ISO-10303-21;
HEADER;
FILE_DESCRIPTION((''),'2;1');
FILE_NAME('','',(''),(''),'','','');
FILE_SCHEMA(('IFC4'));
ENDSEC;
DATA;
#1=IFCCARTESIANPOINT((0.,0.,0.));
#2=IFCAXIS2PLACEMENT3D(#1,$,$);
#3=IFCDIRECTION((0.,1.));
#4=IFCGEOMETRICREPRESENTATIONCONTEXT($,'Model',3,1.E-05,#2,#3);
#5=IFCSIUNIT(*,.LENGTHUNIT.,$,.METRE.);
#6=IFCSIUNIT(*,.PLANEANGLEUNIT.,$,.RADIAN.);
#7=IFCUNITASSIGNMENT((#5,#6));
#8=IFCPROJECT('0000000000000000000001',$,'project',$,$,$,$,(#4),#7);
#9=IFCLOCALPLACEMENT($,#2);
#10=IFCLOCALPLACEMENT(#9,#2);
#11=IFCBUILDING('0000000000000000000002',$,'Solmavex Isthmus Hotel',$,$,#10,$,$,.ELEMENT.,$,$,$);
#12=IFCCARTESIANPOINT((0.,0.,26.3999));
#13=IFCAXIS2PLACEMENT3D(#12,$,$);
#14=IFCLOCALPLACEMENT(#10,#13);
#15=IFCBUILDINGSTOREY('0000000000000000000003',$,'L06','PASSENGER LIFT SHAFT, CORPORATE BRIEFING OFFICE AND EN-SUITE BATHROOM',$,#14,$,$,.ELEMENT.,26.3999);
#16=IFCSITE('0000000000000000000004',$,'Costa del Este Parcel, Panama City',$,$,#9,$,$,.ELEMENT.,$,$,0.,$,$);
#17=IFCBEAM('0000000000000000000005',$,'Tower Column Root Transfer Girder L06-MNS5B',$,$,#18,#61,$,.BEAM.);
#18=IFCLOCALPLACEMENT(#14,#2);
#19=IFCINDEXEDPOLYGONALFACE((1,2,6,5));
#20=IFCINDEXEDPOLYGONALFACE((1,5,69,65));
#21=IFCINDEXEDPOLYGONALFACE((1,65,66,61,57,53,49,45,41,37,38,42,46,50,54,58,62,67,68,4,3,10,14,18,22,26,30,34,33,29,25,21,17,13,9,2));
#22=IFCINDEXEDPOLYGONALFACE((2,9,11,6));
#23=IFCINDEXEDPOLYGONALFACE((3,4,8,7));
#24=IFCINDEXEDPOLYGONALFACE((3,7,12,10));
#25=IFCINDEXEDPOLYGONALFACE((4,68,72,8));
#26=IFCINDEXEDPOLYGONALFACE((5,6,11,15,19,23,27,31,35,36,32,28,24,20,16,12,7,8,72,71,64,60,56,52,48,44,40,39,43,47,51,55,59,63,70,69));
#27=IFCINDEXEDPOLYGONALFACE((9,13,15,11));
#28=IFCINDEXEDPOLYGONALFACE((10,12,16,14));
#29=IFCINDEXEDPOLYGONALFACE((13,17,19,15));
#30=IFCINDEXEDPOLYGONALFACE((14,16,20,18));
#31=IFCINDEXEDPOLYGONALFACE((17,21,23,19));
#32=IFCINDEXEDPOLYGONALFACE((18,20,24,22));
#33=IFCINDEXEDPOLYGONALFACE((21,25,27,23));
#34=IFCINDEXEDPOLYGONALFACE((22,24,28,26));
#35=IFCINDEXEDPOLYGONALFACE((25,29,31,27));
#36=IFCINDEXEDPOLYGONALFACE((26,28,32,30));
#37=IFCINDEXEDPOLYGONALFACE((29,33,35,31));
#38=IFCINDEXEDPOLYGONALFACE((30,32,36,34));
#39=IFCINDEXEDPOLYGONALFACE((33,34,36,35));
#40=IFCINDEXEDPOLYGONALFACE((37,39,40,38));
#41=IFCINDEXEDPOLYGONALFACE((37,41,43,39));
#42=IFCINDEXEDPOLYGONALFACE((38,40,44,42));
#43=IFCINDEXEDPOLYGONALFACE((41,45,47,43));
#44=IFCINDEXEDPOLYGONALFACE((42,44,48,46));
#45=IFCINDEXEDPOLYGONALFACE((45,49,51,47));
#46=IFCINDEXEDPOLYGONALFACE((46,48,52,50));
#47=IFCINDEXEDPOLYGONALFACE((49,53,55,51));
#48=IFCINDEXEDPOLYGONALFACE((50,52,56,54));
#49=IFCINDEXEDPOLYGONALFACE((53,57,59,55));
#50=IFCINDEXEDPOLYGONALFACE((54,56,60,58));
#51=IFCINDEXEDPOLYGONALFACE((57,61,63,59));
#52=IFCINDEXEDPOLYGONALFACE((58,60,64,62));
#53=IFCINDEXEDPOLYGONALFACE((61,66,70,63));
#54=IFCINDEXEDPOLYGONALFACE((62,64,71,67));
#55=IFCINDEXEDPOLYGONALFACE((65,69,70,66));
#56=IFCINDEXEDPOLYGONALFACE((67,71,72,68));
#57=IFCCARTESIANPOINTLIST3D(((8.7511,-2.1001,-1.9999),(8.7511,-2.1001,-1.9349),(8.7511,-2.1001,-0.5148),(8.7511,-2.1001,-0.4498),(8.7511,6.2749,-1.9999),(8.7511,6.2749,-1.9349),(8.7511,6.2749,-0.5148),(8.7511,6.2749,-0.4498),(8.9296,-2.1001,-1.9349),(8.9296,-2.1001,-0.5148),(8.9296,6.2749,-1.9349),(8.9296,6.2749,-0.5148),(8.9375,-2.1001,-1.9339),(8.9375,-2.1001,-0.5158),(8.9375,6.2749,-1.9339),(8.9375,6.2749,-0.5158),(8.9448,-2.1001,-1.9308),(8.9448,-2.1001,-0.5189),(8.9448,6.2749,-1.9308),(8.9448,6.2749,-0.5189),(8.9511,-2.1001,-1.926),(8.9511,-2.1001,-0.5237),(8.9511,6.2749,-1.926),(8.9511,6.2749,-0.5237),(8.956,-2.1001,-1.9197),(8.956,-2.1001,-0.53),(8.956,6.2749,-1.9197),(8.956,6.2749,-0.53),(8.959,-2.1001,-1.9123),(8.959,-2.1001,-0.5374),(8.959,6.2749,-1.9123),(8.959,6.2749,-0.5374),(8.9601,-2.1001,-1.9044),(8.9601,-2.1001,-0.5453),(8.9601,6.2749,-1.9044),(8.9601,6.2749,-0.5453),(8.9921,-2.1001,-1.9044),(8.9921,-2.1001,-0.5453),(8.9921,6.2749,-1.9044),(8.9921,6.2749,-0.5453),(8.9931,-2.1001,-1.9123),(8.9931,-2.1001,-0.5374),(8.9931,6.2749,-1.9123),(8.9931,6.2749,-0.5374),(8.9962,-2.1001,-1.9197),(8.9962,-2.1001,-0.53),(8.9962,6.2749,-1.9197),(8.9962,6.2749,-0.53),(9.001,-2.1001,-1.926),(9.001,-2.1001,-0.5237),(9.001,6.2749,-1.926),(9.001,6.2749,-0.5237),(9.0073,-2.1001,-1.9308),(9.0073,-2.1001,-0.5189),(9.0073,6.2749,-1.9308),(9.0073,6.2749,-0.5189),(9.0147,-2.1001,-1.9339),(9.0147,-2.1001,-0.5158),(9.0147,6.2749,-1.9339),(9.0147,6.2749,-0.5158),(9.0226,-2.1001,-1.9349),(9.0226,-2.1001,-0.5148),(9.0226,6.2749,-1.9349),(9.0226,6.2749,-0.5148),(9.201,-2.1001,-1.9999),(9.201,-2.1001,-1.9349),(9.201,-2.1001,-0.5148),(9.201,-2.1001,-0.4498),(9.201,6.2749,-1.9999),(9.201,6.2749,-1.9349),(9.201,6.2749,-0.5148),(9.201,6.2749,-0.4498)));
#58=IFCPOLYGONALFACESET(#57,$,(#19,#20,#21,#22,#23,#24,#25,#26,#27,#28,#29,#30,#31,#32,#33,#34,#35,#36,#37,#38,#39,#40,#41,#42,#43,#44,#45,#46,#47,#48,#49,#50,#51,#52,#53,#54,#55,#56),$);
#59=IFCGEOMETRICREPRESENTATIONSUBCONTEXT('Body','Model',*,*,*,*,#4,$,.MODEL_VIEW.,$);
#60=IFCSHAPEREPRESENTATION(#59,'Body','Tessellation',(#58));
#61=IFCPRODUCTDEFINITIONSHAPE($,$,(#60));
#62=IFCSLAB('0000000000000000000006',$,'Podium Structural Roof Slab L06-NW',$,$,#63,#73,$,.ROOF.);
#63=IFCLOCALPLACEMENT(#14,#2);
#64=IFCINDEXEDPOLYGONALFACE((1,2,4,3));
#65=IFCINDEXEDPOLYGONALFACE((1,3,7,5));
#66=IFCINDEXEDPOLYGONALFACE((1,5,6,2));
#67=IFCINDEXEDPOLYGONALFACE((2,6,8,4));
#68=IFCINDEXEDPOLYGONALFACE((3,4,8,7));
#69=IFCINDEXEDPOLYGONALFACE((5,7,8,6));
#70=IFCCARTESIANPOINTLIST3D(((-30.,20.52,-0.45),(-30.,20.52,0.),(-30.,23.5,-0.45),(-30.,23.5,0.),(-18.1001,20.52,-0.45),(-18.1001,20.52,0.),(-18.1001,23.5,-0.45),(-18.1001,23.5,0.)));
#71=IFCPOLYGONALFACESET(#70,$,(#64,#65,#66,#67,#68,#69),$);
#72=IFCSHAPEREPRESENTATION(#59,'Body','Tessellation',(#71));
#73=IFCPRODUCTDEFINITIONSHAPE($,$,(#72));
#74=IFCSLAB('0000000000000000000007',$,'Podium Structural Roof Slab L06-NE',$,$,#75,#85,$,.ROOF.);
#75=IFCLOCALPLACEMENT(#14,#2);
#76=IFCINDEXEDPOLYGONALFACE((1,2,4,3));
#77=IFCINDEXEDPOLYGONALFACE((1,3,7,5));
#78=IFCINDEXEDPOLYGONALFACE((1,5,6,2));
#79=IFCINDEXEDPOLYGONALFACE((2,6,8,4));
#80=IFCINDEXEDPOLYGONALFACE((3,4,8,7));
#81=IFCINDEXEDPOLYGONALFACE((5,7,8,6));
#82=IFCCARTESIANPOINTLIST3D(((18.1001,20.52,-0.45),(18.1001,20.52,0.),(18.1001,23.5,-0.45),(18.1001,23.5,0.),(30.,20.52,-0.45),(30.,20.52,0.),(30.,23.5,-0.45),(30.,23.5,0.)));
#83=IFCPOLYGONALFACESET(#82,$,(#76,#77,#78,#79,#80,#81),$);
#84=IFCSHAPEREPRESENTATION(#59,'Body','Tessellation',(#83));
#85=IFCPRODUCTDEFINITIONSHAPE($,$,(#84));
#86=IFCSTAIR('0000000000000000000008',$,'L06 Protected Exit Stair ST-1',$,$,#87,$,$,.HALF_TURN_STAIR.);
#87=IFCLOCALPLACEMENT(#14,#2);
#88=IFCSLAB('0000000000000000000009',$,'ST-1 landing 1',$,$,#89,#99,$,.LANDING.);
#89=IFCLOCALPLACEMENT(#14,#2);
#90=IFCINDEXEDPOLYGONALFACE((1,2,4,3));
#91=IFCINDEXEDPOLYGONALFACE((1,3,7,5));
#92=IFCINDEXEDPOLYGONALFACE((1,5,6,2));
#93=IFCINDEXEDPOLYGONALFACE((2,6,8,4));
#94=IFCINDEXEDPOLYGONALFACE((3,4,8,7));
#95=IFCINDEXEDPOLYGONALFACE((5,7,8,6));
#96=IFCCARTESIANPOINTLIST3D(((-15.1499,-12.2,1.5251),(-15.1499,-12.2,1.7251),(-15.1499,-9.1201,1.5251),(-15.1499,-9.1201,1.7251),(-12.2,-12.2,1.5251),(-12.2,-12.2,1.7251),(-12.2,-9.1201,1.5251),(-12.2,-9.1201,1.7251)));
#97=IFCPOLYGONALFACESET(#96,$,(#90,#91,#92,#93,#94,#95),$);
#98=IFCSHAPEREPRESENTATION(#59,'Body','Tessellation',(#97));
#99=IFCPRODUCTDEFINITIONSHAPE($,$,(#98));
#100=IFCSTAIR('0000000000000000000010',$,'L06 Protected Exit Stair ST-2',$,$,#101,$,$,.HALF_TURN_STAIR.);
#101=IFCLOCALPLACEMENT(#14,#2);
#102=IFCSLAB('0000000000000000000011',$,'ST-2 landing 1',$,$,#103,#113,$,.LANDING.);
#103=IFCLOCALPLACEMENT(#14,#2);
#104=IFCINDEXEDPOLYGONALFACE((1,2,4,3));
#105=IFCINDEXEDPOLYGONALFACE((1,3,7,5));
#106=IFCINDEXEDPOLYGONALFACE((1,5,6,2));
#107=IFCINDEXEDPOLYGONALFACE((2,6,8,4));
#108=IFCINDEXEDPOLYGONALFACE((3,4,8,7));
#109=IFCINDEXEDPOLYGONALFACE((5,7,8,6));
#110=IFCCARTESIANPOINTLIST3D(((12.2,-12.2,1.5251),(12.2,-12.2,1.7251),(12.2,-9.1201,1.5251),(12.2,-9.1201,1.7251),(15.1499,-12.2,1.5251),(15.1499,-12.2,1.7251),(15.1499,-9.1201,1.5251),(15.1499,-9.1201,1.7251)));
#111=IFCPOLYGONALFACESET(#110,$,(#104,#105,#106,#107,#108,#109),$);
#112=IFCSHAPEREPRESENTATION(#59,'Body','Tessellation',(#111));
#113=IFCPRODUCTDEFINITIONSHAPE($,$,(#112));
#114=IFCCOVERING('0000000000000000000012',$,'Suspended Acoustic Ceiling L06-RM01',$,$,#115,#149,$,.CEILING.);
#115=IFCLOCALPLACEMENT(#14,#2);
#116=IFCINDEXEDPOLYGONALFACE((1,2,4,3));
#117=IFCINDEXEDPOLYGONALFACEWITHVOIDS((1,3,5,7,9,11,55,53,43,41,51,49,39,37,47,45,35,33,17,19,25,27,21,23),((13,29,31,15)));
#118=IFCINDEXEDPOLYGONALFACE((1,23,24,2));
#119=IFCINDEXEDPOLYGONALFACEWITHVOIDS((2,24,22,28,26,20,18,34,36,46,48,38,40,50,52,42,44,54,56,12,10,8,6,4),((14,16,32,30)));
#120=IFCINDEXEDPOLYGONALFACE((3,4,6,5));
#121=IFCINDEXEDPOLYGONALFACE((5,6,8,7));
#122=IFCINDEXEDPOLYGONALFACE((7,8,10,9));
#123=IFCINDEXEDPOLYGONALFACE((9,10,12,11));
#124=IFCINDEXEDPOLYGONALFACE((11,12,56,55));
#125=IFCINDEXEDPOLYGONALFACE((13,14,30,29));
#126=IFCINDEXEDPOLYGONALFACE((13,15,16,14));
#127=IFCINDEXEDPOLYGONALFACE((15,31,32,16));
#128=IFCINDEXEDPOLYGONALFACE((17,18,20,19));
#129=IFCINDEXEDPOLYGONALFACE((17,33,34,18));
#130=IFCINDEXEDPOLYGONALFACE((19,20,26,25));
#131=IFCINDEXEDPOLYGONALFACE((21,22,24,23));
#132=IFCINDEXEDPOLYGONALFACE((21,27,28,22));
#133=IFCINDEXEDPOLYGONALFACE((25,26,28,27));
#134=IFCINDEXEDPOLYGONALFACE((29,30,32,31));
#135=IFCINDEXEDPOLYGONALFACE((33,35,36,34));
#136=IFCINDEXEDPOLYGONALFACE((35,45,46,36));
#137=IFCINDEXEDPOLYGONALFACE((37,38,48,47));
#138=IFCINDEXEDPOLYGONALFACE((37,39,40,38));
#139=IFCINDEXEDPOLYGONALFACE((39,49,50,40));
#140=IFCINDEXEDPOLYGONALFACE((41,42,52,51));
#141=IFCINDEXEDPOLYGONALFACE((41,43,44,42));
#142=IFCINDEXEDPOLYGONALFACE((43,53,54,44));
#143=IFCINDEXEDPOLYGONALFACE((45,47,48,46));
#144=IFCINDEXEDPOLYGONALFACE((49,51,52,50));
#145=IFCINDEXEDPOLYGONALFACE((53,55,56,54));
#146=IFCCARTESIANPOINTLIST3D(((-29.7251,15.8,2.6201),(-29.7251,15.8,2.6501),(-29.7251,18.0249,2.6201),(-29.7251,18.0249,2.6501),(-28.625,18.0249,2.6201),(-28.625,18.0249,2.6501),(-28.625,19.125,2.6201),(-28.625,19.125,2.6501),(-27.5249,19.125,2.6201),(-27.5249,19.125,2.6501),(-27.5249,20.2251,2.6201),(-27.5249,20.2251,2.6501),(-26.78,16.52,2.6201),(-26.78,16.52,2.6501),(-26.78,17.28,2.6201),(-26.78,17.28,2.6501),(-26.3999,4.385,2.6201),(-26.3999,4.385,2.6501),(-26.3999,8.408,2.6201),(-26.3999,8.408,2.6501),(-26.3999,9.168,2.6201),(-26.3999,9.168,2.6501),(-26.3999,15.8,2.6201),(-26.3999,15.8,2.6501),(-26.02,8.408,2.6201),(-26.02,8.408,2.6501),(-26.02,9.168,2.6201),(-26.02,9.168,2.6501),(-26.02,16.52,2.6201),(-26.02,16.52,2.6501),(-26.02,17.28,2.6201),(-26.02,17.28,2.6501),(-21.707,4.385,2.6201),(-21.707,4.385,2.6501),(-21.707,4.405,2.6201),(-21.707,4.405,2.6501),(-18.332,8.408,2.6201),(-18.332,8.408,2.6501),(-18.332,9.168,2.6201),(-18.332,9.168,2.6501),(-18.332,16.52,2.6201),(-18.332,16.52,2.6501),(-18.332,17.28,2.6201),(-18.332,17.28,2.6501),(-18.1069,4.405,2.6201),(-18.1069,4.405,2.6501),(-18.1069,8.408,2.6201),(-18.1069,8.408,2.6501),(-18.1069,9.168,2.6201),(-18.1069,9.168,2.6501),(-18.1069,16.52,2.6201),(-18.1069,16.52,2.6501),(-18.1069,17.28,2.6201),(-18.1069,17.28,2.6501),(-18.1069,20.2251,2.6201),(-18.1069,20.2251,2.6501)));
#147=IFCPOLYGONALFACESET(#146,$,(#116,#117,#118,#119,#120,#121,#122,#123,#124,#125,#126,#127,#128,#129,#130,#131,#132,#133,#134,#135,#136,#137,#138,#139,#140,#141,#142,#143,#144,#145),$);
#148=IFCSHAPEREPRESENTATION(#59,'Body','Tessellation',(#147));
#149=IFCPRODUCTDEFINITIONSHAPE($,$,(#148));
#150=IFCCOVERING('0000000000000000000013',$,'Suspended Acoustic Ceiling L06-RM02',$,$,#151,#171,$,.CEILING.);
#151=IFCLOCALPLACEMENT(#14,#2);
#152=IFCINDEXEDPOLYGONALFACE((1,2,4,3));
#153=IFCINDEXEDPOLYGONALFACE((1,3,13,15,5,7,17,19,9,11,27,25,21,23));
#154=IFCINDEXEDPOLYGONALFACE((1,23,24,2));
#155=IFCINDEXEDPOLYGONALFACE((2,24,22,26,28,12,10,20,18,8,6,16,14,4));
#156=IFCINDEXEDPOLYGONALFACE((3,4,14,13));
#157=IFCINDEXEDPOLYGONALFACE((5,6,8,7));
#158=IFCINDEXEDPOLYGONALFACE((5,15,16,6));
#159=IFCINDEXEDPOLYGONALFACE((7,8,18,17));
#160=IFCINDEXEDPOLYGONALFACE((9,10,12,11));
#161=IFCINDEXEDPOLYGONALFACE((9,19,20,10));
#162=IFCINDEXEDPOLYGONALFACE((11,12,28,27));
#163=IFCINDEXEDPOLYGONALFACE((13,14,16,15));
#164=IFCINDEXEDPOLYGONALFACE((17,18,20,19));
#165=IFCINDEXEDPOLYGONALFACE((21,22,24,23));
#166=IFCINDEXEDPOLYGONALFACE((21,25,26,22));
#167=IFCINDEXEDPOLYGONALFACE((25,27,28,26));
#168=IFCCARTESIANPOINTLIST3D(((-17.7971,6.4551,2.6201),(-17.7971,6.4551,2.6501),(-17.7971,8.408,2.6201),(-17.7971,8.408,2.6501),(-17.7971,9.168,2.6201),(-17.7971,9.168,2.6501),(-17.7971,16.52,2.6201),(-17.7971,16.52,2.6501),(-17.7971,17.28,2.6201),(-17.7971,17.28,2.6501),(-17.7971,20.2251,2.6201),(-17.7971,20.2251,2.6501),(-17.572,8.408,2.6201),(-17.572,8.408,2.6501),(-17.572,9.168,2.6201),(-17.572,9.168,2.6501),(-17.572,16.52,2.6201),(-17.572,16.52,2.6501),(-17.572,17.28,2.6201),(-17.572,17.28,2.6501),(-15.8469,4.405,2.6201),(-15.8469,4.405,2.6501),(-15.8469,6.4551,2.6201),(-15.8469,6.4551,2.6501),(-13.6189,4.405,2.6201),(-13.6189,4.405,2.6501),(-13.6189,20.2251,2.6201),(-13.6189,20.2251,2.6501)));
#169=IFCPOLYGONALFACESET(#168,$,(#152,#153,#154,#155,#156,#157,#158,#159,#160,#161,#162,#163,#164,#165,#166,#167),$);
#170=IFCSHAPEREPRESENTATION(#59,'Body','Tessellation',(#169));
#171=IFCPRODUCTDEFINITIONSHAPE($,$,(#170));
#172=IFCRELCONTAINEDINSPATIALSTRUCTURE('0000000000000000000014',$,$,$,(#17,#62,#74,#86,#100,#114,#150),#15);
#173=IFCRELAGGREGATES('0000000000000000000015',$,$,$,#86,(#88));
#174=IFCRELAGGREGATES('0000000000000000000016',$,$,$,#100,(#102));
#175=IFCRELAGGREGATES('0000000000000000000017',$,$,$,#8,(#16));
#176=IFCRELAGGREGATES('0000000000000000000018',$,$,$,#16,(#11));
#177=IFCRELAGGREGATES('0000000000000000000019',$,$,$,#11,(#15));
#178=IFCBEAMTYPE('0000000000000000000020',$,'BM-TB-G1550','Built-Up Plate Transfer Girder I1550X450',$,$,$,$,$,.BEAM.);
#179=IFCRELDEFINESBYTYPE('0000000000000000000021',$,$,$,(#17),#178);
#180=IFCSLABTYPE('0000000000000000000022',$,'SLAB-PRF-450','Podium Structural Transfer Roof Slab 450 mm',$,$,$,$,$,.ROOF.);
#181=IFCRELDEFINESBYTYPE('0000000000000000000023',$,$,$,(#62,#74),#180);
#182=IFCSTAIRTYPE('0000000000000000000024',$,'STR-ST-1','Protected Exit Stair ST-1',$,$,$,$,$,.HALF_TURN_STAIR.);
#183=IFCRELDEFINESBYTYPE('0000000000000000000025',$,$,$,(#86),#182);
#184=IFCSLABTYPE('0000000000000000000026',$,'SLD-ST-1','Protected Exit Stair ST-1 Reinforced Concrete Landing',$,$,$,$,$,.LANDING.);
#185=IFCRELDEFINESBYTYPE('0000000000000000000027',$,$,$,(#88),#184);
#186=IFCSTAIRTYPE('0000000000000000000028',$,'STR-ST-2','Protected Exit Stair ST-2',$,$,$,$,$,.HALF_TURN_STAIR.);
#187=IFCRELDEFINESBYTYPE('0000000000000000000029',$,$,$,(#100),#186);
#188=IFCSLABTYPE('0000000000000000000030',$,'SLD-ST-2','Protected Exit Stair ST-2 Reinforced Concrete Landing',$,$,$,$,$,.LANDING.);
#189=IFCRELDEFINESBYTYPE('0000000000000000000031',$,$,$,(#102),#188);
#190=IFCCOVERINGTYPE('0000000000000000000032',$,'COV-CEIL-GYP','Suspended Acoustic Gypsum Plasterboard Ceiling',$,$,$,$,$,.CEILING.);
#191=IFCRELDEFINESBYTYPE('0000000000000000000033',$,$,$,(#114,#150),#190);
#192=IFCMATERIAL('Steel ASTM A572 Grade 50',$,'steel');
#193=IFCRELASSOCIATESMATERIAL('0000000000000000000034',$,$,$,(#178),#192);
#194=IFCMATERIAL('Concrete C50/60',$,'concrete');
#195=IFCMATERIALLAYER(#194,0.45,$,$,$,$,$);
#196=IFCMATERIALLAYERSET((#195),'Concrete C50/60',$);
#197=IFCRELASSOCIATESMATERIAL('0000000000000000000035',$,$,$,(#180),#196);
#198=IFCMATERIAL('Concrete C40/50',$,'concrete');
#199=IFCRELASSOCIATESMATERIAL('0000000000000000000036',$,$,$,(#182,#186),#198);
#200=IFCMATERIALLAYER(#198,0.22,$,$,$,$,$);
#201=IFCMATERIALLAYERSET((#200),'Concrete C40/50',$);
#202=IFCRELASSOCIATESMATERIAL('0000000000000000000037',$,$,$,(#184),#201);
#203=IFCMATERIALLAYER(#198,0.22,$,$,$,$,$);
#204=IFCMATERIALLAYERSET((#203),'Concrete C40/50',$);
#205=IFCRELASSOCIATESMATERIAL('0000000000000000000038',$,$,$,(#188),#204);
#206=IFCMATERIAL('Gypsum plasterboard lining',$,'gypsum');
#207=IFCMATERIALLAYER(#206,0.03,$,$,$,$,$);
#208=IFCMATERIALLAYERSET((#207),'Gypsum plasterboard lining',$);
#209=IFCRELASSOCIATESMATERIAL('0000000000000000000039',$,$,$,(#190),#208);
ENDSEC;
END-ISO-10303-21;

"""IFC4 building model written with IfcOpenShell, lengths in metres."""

from ifc_helpers import new_model, si_unit, direction, frame, origin, origin_2d, place, context, subcontext, project, spatial, polyline, i_section, outline, extrude, material, layer, layer_set, material_profile, profile_set, type_object, element, aggregate, save


model = new_model("IFC4")

# Units and contexts
model_context = context("Model", 3, precision=1e-05, world=origin(), true_north=direction((0.0, 1.0)))
body_context = subcontext(model_context, "Body", "Model", "MODEL_VIEW")
ifc_project = project(units=[si_unit("LENGTHUNIT", "METRE"), si_unit("PLANEANGLEUNIT", "RADIAN")], contexts=[model_context])

# Site, building, storey
site_placement = place(None, origin())
site = spatial("IfcSite", under=ifc_project, at=site_placement, Name="Costa del Este Parcel, Panama City", CompositionType="ELEMENT", RefElevation=0.0)
building_placement = place(site_placement, origin())
building = spatial("IfcBuilding", under=site, at=building_placement, Name="Solmavex Isthmus Hotel", CompositionType="ELEMENT")
storey_placement = place(building_placement, frame((0.0, 0.0, 26.3999)))
storey = spatial("IfcBuildingStorey", under=building, at=storey_placement, Name="L06", Description="PASSENGER LIFT SHAFT, CORPORATE BRIEFING OFFICE AND EN-SUITE BATHROOM", CompositionType="ELEMENT", Elevation=26.3999)

# Beam
ifc_material_1 = material(Name="Steel ASTM A572 Grade 50", Category="steel")
ifc_material_profile = material_profile(ifc_material_1, i_section(OverallWidth=0.45, OverallDepth=1.55, WebThickness=0.032, FlangeThickness=0.0649, FilletRadius=0.0305, at=origin_2d()), Name="I1550X450")
ifc_profile_set = profile_set([ifc_material_profile], Name="Steel ASTM A572 Grade 50")
beam_type = type_object("IfcBeamType", Name="BM-TB-G1550", Description="Built-Up Plate Transfer Girder I1550X450", PredefinedType="BEAM", material=ifc_profile_set)
beam_placement = place(storey_placement, frame((8.9761, -2.1001, -1.2249), z_axis=(0.0, 1.0, 0.0), x_axis=(-1.0, 0.0, 0.0)))
element("IfcBeam", 1, at=beam_placement, inside=storey, type_object=beam_type, Name="Tower Column Root Transfer Girder L06-MNS5B", PredefinedType="BEAM", context=body_context, shape_type="SweptSolid", body=[
    extrude(i_section(OverallWidth=0.45, OverallDepth=1.55, WebThickness=0.032, FlangeThickness=0.0649, FilletRadius=0.0305, at=origin_2d()), origin(), (0.0, 0.0, 1.0), 8.375),
])

# Slabs
ifc_material_2 = material(Name="Concrete C50/60", Category="concrete")
ifc_layer_1 = layer(ifc_material_2, 0.45)
ifc_layer_set_1 = layer_set([ifc_layer_1], Name="Concrete C50/60")
slab_type_1 = type_object("IfcSlabType", Name="SLAB-PRF-450", Description="Podium Structural Transfer Roof Slab 450 mm", PredefinedType="ROOF", material=ifc_layer_set_1)
slab_1_placement = place(storey_placement, frame((0.0, 0.0, -0.45)))
element("IfcSlab", 2, at=slab_1_placement, inside=storey, type_object=slab_type_1, Name="Podium Structural Roof Slab L06-NW", PredefinedType="ROOF", context=body_context, shape_type="SweptSolid", body=[
    extrude(outline(polyline([(-30.0, 20.52), (-18.1001, 20.52), (-18.1001, 23.5), (-30.0, 23.5), (-30.0, 20.52)])), origin(), (0.0, 0.0, 1.0), 0.45),
])
slab_2_placement = place(storey_placement, frame((0.0, 0.0, -0.45)))
element("IfcSlab", 3, at=slab_2_placement, inside=storey, type_object=slab_type_1, Name="Podium Structural Roof Slab L06-NE", PredefinedType="ROOF", context=body_context, shape_type="SweptSolid", body=[
    extrude(outline(polyline([(18.1001, 20.52), (30.0, 20.52), (30.0, 23.5), (18.1001, 23.5), (18.1001, 20.52)])), origin(), (0.0, 0.0, 1.0), 0.45),
])

# Stairs, slabs
ifc_material_3 = material(Name="Concrete C40/50", Category="concrete")
stair_type_1 = type_object("IfcStairType", Name="STR-ST-1", Description="Protected Exit Stair ST-1", PredefinedType="HALF_TURN_STAIR", material=ifc_material_3)
stair_1_placement = place(storey_placement, origin())
stair_1 = element("IfcStair", 4, at=stair_1_placement, inside=storey, type_object=stair_type_1, Name="L06 Protected Exit Stair ST-1", PredefinedType="HALF_TURN_STAIR")
ifc_layer_2 = layer(ifc_material_3, 0.22)
ifc_layer_set_2 = layer_set([ifc_layer_2], Name="Concrete C40/50")
slab_type_2 = type_object("IfcSlabType", Name="SLD-ST-1", Description="Protected Exit Stair ST-1 Reinforced Concrete Landing", PredefinedType="LANDING", material=ifc_layer_set_2)
slab_3_placement = place(storey_placement, frame((0.0, 0.0, 1.5251)))
slab_3 = element("IfcSlab", 5, at=slab_3_placement, type_object=slab_type_2, Name="ST-1 landing 1", PredefinedType="LANDING", context=body_context, shape_type="SweptSolid", body=[
    extrude(outline(polyline([(-15.1499, -9.1201), (-15.1499, -12.2), (-12.2, -12.2), (-12.2, -9.1201), (-15.1499, -9.1201)])), origin(), (0.0, 0.0, 1.0), 0.2),
])
aggregate(stair_1, [slab_3])
stair_type_2 = type_object("IfcStairType", Name="STR-ST-2", Description="Protected Exit Stair ST-2", PredefinedType="HALF_TURN_STAIR", material=ifc_material_3)
stair_2_placement = place(storey_placement, origin())
stair_2 = element("IfcStair", 6, at=stair_2_placement, inside=storey, type_object=stair_type_2, Name="L06 Protected Exit Stair ST-2", PredefinedType="HALF_TURN_STAIR")
ifc_layer_3 = layer(ifc_material_3, 0.22)
ifc_layer_set_3 = layer_set([ifc_layer_3], Name="Concrete C40/50")
slab_type_3 = type_object("IfcSlabType", Name="SLD-ST-2", Description="Protected Exit Stair ST-2 Reinforced Concrete Landing", PredefinedType="LANDING", material=ifc_layer_set_3)
slab_4_placement = place(storey_placement, frame((0.0, 0.0, 1.5251)))
slab_4 = element("IfcSlab", 7, at=slab_4_placement, type_object=slab_type_3, Name="ST-2 landing 1", PredefinedType="LANDING", context=body_context, shape_type="SweptSolid", body=[
    extrude(outline(polyline([(12.2, -9.1201), (12.2, -12.2), (15.1499, -12.2), (15.1499, -9.1201), (12.2, -9.1201)])), origin(), (0.0, 0.0, 1.0), 0.2),
])
aggregate(stair_2, [slab_4])

# Coverings
ifc_material_4 = material(Name="Gypsum plasterboard lining", Category="gypsum")
ifc_layer_4 = layer(ifc_material_4, 0.03)
ifc_layer_set_4 = layer_set([ifc_layer_4], Name="Gypsum plasterboard lining")
covering_type_1 = type_object("IfcCoveringType", Name="COV-CEIL-GYP", Description="Suspended Acoustic Gypsum Plasterboard Ceiling", PredefinedType="CEILING", material=ifc_layer_set_4)
covering_1_placement = place(storey_placement, frame((0.0, 0.0, 2.6201)))
element("IfcCovering", 8, at=covering_1_placement, inside=storey, type_object=covering_type_1, Name="Suspended Acoustic Ceiling L06-RM01", PredefinedType="CEILING", context=body_context, shape_type="SweptSolid", body=[
    extrude(outline(polyline([(-21.707, 4.385), (-21.707, 4.405), (-18.1069, 4.405), (-18.1069, 8.408), (-18.332, 8.408), (-18.332, 9.168), (-18.1069, 9.168), (-18.1069, 16.52), (-18.332, 16.52), (-18.332, 17.28), (-18.1069, 17.28), (-18.1069, 20.2251), (-27.5249, 20.2251), (-27.5249, 19.125), (-28.625, 19.125), (-28.625, 18.0249), (-29.7251, 18.0249), (-29.7251, 15.8), (-26.3999, 15.8), (-26.3999, 9.168), (-26.02, 9.168), (-26.02, 8.408), (-26.3999, 8.408), (-26.3999, 4.385), (-21.707, 4.385)]), holes=[polyline([(-26.78, 17.28), (-26.02, 17.28), (-26.02, 16.52), (-26.78, 16.52), (-26.78, 17.28)])]), origin(), (0.0, 0.0, 1.0), 0.03),
])
covering_2_placement = place(storey_placement, frame((0.0, 0.0, 2.6201)))
element("IfcCovering", 9, at=covering_2_placement, inside=storey, type_object=covering_type_1, Name="Suspended Acoustic Ceiling L06-RM02", PredefinedType="CEILING", context=body_context, shape_type="SweptSolid", body=[
    extrude(outline(polyline([(-17.7971, 9.168), (-17.572, 9.168), (-17.572, 8.408), (-17.7971, 8.408), (-17.7971, 6.4551), (-15.8469, 6.4551), (-15.8469, 4.405), (-13.6189, 4.405), (-13.6189, 20.2251), (-17.7971, 20.2251), (-17.7971, 17.28), (-17.572, 17.28), (-17.572, 16.52), (-17.7971, 16.52), (-17.7971, 9.168)])), origin(), (0.0, 0.0, 1.0), 0.03),
])

save(model, "model.ifc")
